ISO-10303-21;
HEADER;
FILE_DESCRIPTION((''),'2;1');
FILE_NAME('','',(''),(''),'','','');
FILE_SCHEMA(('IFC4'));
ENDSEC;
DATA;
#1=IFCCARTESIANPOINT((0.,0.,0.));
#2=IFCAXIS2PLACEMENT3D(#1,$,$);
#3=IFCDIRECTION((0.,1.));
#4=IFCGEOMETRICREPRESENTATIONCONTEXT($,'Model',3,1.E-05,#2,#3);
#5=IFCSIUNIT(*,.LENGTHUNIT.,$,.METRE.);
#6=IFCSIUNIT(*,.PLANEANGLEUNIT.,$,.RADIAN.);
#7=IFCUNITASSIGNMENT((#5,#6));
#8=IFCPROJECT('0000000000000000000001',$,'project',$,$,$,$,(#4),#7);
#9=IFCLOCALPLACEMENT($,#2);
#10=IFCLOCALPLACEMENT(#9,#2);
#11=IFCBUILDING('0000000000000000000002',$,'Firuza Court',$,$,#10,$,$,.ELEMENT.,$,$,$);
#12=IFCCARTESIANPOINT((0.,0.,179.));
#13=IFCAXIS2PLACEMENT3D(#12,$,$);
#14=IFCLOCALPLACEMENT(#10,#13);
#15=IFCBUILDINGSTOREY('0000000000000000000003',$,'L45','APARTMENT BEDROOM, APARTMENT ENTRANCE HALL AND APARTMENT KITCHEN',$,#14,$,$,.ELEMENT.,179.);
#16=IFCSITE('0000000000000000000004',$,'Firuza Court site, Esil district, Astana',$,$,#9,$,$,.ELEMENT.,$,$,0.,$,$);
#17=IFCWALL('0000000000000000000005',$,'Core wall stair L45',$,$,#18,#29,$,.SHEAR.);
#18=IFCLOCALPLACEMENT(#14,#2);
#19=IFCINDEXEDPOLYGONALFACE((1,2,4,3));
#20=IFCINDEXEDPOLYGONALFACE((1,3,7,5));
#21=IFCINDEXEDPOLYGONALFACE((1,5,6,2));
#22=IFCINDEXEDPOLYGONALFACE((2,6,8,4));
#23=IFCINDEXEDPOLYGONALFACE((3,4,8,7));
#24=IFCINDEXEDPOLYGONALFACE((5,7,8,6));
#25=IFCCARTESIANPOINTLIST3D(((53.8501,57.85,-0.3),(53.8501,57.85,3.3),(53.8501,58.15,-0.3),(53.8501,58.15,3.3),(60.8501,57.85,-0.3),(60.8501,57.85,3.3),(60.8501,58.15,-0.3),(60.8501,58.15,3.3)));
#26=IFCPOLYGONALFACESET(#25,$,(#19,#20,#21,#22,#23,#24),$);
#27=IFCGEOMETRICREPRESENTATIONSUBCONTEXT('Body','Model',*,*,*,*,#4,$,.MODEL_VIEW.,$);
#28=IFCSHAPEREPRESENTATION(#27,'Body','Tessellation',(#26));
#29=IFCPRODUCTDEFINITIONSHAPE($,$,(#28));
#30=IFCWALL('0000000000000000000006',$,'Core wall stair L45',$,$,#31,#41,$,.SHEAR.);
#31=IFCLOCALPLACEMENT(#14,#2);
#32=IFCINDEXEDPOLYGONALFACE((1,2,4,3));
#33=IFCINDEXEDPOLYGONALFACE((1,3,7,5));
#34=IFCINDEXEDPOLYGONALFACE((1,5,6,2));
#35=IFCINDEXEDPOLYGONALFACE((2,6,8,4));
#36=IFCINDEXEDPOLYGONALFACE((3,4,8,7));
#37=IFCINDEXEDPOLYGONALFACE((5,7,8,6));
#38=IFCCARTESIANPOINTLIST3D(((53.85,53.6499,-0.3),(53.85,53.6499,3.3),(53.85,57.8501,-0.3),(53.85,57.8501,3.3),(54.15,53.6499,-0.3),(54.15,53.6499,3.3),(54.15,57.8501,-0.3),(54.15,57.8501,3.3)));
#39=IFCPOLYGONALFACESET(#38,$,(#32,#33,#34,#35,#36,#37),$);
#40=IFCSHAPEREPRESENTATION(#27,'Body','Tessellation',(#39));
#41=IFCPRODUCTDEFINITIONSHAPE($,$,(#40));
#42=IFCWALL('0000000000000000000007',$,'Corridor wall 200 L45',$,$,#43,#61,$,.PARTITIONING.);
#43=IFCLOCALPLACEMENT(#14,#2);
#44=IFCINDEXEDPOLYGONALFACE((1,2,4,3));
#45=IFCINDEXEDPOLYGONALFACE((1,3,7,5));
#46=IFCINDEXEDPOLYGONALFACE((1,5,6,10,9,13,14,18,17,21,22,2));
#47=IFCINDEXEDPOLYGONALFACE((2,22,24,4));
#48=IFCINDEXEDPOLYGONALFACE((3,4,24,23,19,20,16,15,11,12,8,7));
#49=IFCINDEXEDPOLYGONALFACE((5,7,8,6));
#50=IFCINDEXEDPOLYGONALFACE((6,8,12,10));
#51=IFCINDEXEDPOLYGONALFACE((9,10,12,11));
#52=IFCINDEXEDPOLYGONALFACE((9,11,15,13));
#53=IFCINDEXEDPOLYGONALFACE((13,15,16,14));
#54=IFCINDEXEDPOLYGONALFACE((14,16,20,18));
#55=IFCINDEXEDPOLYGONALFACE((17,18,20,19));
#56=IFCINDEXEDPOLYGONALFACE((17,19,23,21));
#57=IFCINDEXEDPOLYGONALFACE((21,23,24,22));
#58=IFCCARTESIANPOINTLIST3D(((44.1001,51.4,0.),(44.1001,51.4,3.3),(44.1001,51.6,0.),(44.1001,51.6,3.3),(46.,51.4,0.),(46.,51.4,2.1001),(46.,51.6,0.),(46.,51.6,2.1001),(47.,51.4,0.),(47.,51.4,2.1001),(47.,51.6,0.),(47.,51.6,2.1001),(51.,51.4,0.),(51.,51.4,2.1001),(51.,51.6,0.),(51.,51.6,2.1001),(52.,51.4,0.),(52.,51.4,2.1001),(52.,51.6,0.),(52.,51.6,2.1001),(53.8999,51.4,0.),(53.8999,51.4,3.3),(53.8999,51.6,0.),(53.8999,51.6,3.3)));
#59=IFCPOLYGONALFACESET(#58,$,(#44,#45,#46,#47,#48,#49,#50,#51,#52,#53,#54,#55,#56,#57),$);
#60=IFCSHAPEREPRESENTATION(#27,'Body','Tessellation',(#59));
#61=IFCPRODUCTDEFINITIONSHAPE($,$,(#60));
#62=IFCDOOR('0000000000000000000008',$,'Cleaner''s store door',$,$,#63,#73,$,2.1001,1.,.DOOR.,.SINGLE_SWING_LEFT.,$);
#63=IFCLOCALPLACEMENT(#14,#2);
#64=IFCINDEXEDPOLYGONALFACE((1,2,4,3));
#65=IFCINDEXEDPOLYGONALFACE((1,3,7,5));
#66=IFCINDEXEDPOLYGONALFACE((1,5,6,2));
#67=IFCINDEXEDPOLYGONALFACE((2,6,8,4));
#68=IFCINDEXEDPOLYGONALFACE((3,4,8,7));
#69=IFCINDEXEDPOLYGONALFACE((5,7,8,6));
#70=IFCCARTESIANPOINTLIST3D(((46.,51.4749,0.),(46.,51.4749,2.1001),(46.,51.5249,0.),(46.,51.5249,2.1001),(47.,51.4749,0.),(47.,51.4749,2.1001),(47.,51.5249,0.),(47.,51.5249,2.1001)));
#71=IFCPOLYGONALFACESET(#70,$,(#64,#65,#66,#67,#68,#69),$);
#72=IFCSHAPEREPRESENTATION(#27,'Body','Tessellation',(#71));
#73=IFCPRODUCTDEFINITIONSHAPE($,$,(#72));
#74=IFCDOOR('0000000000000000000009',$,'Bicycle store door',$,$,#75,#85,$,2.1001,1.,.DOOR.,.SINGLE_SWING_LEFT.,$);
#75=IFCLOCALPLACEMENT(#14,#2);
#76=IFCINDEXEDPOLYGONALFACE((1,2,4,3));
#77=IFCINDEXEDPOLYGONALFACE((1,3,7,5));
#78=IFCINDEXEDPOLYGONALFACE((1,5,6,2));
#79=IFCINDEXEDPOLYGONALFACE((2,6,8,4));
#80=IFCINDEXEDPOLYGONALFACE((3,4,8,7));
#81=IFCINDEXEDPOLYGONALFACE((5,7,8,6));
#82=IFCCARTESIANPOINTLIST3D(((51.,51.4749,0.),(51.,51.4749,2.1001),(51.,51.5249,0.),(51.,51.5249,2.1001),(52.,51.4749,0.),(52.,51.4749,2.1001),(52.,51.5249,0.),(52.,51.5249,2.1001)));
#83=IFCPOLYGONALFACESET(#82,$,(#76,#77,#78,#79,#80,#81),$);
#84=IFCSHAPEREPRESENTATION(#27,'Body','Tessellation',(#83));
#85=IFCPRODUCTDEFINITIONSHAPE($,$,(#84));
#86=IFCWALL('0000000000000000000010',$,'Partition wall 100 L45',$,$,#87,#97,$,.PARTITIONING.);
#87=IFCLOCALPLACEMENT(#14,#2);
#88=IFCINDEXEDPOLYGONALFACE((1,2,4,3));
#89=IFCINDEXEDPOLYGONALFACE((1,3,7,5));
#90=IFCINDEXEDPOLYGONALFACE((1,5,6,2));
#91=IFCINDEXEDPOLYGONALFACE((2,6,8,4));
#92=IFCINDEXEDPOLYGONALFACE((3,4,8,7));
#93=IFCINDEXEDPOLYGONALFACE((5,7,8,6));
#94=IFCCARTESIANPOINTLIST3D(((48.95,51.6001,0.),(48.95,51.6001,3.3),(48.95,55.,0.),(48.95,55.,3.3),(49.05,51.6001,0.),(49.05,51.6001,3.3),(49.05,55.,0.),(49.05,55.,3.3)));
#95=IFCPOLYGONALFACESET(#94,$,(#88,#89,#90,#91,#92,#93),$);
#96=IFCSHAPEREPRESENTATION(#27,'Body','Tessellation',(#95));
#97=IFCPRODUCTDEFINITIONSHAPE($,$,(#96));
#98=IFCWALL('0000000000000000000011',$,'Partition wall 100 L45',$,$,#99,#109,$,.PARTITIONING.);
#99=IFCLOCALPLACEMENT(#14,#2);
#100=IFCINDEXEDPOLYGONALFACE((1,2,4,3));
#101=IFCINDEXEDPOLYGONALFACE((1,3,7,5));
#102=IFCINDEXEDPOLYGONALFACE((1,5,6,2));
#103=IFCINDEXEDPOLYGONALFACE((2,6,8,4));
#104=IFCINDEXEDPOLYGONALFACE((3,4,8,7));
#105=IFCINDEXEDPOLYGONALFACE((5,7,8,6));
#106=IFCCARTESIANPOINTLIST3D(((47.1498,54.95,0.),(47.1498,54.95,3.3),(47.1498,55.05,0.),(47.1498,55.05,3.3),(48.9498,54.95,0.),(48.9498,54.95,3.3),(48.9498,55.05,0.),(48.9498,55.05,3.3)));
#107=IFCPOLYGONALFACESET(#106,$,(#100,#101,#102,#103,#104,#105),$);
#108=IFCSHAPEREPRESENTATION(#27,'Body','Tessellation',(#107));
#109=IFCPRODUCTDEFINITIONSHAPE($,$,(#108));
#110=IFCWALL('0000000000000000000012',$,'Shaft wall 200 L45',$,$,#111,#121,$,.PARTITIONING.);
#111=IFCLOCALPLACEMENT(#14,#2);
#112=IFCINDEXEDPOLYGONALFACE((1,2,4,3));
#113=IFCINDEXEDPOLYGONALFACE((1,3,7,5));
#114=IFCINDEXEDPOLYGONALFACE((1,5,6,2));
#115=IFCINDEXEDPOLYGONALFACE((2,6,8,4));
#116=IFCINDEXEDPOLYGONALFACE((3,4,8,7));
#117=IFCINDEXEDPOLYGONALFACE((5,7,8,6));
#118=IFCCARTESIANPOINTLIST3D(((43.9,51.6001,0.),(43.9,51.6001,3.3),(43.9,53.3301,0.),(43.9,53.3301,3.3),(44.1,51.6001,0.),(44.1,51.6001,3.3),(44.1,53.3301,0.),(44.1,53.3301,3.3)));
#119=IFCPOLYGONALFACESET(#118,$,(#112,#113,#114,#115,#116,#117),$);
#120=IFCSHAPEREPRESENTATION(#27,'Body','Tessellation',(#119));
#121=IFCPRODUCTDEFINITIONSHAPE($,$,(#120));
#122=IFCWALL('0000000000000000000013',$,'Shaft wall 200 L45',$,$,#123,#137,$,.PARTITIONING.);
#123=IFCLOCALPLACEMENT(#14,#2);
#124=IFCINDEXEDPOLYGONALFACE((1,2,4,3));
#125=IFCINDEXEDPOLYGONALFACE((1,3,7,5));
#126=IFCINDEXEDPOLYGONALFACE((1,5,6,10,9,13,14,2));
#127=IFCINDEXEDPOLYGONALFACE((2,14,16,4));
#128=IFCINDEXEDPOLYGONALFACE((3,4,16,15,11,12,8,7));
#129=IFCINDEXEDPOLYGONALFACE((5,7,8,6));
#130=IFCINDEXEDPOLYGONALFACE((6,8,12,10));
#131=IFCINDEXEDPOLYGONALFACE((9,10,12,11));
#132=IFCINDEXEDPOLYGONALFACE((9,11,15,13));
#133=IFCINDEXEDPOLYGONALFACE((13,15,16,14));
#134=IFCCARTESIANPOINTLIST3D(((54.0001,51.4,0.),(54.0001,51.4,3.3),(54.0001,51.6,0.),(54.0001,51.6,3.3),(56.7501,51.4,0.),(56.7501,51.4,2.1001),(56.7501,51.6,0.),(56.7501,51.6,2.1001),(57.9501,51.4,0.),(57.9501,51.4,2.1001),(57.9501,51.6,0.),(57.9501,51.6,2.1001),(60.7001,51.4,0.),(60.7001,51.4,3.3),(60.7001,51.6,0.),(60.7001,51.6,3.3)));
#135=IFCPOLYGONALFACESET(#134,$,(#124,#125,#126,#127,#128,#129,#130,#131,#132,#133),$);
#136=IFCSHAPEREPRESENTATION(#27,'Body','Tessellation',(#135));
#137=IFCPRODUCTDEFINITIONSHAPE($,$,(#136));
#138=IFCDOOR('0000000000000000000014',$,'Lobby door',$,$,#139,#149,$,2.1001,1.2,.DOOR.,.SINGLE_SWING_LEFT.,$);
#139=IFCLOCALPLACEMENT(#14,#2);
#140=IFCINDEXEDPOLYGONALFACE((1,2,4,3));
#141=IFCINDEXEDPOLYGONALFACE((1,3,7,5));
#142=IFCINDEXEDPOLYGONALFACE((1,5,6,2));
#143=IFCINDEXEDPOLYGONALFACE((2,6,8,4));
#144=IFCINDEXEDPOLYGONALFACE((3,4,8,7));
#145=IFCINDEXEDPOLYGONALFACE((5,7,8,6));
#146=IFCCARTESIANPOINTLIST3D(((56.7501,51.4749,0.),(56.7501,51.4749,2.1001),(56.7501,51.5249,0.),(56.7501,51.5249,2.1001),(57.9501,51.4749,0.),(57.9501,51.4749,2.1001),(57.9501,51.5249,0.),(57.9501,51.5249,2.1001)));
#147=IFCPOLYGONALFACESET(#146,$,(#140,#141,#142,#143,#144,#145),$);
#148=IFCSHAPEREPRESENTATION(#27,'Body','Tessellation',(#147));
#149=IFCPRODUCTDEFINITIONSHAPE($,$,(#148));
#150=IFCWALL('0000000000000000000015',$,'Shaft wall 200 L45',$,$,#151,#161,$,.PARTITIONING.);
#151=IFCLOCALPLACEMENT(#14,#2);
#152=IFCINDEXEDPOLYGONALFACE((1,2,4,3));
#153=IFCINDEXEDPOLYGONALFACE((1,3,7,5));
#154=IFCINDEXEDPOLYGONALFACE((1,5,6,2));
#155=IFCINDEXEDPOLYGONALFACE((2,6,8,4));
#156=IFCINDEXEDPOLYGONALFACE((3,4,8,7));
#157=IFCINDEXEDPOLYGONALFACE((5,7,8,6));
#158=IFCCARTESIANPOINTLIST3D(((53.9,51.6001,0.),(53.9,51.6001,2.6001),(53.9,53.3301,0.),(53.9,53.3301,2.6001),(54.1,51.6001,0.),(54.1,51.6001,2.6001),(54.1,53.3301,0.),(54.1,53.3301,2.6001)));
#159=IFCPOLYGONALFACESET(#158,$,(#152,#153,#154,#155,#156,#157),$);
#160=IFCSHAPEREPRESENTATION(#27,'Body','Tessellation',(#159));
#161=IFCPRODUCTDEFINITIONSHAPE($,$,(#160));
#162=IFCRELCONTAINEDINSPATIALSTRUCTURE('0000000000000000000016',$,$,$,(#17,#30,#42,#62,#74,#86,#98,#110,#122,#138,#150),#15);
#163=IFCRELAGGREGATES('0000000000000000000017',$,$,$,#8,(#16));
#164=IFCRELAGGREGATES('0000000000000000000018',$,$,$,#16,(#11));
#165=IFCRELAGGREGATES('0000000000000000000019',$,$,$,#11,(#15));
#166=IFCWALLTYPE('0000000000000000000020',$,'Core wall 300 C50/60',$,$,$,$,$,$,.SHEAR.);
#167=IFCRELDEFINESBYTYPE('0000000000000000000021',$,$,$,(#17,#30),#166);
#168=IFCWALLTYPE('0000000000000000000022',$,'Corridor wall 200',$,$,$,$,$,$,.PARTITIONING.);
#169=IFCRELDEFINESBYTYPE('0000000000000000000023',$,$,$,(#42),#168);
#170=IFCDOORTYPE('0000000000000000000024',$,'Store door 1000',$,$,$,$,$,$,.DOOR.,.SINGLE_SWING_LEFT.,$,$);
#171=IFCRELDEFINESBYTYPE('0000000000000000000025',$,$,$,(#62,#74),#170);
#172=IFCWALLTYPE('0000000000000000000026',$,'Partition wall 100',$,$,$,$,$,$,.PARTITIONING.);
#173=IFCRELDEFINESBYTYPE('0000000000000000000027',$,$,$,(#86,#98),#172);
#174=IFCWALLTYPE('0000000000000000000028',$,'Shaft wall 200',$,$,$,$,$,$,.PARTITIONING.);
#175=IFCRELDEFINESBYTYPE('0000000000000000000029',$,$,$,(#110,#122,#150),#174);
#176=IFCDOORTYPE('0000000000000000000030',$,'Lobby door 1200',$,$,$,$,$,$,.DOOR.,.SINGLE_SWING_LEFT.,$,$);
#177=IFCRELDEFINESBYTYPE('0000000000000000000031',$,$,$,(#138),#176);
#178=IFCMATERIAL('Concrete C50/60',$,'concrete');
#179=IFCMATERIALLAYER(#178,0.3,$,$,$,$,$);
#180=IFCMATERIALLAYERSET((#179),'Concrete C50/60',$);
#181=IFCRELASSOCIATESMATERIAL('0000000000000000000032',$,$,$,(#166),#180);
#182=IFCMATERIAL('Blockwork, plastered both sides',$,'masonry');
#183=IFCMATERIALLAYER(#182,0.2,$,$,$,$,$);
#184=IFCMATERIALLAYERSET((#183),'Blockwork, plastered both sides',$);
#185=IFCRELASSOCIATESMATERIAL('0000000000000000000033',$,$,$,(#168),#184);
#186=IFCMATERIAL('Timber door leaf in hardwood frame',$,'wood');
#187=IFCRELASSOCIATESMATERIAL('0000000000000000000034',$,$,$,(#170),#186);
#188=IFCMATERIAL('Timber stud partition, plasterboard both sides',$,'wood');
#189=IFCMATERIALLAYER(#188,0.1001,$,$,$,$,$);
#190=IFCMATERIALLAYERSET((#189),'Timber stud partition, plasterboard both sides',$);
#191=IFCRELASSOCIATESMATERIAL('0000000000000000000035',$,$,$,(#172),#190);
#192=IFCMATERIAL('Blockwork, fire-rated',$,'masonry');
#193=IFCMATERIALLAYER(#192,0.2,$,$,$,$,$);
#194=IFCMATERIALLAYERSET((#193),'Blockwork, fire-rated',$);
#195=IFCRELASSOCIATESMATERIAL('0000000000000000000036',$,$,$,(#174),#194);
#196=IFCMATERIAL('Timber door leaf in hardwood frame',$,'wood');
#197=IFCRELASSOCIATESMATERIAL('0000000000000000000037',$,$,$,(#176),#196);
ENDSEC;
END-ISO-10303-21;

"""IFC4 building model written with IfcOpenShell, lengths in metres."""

from ifc_helpers import new_model, si_unit, direction, frame, frame_2d, origin, place, context, subcontext, project, spatial, rectangle, extrude, material, layer, layer_set, type_object, element, fill, save


model = new_model("IFC4")

# Units and contexts
model_context = context("Model", 3, precision=1e-05, world=origin(), true_north=direction((0.0, 1.0)))
body_context = subcontext(model_context, "Body", "Model", "MODEL_VIEW")
ifc_project = project(units=[si_unit("LENGTHUNIT", "METRE"), si_unit("PLANEANGLEUNIT", "RADIAN")], contexts=[model_context])

# Site, building, storey
site_placement = place(None, origin())
site = spatial("IfcSite", under=ifc_project, at=site_placement, Name="Firuza Court site, Esil district, Astana", CompositionType="ELEMENT", RefElevation=0.0)
building_placement = place(site_placement, origin())
building = spatial("IfcBuilding", under=site, at=building_placement, Name="Firuza Court", CompositionType="ELEMENT")
storey_placement = place(building_placement, frame((0.0, 0.0, 179.0)))
storey = spatial("IfcBuildingStorey", under=building, at=storey_placement, Name="L45", Description="APARTMENT BEDROOM, APARTMENT ENTRANCE HALL AND APARTMENT KITCHEN", CompositionType="ELEMENT", Elevation=179.0)

# Shared definitions
ifc_material_1 = material(Name="Concrete C50/60", Category="concrete")
ifc_layer_1 = layer(ifc_material_1, 0.3)
ifc_layer_set_1 = layer_set([ifc_layer_1], Name="Concrete C50/60")
wall_type_1 = type_object("IfcWallType", Name="Core wall 300 C50/60", PredefinedType="SHEAR", material=ifc_layer_set_1)

# Walls
wall_1_placement = place(storey_placement, frame((53.8501, 58.0, -0.3), z_axis=(0.0, 0.0, 1.0), x_axis=(1.0, 0.0, 0.0)))
element("IfcWall", 1, at=wall_1_placement, inside=storey, type_object=wall_type_1, Name="Core wall stair L45", PredefinedType="SHEAR", context=body_context, shape_type="SweptSolid", body=[
    extrude(rectangle(XDim=7.0, YDim=0.3, at=frame_2d((3.5, 0.0))), origin(), (0.0, 0.0, 1.0), 3.6001),
])
wall_2_placement = place(storey_placement, frame((54.0, 53.6499, -0.3), z_axis=(0.0, 0.0, 1.0), x_axis=(0.0, 1.0, 0.0)))
element("IfcWall", 2, at=wall_2_placement, inside=storey, type_object=wall_type_1, Name="Core wall stair L45", PredefinedType="SHEAR", context=body_context, shape_type="SweptSolid", body=[
    extrude(rectangle(XDim=4.2002, YDim=0.3, at=frame_2d((2.1001, 0.0))), origin(), (0.0, 0.0, 1.0), 3.6001),
])

# Wall, openings, doors
ifc_material_2 = material(Name="Blockwork, plastered both sides", Category="masonry")
ifc_layer_2 = layer(ifc_material_2, 0.2)
ifc_layer_set_2 = layer_set([ifc_layer_2], Name="Blockwork, plastered both sides")
wall_type_2 = type_object("IfcWallType", Name="Corridor wall 200", PredefinedType="PARTITIONING", material=ifc_layer_set_2)
wall_3_placement = place(storey_placement, frame((44.1001, 51.5, 0.0), z_axis=(0.0, 0.0, 1.0), x_axis=(1.0, 0.0, 0.0)))
wall_3 = element("IfcWall", 3, at=wall_3_placement, inside=storey, type_object=wall_type_2, Name="Corridor wall 200 L45", PredefinedType="PARTITIONING", context=body_context, shape_type="SweptSolid", body=[
    extrude(rectangle(XDim=9.7998, YDim=0.2, at=frame_2d((4.8999, 0.0))), origin(), (0.0, 0.0, 1.0), 3.3),
])
opening_1_placement = place(wall_3_placement, frame((1.8999, 0.0, 0.0)))
opening_1 = element("IfcOpeningElement", 4, at=opening_1_placement, cuts=wall_3, PredefinedType="OPENING", context=body_context, shape_type="SweptSolid", body=[
    extrude(rectangle(XDim=1.0, YDim=2.1001, at=frame_2d((0.5, 1.05))), frame((0.0, 0.1118, 0.0), z_axis=(0.0, -1.0, 0.0), x_axis=(1.0, 0.0, 0.0)), (0.0, 0.0, 1.0), 0.2239),
])
opening_2_placement = place(wall_3_placement, frame((6.8999, 0.0, 0.0)))
opening_2 = element("IfcOpeningElement", 5, at=opening_2_placement, cuts=wall_3, PredefinedType="OPENING", context=body_context, shape_type="SweptSolid", body=[
    extrude(rectangle(XDim=1.0, YDim=2.1001, at=frame_2d((0.5, 1.05))), frame((0.0, 0.1118, 0.0), z_axis=(0.0, -1.0, 0.0), x_axis=(1.0, 0.0, 0.0)), (0.0, 0.0, 1.0), 0.2239),
])
ifc_material_3 = material(Name="Timber door leaf in hardwood frame", Category="wood")
door_type_1 = type_object("IfcDoorType", Name="Store door 1000", OperationType="SINGLE_SWING_LEFT", PredefinedType="DOOR", material=ifc_material_3)
door_1_placement = place(opening_1_placement, origin())
door_1 = element("IfcDoor", 6, at=door_1_placement, inside=storey, type_object=door_type_1, Name="Cleaner's store door", OperationType="SINGLE_SWING_LEFT", OverallHeight=2.1001, OverallWidth=1.0, PredefinedType="DOOR", context=body_context, shape_type="SweptSolid", body=[
    extrude(rectangle(XDim=1.0, YDim=2.1001, at=frame_2d((0.5, 1.05))), frame((0.0, 0.0249, 0.0), z_axis=(0.0, -1.0, 0.0), x_axis=(1.0, 0.0, 0.0)), (0.0, 0.0, 1.0), 0.05),
])
fill(opening_1, door_1)
door_2_placement = place(opening_2_placement, origin())
door_2 = element("IfcDoor", 7, at=door_2_placement, inside=storey, type_object=door_type_1, Name="Bicycle store door", OperationType="SINGLE_SWING_LEFT", OverallHeight=2.1001, OverallWidth=1.0, PredefinedType="DOOR", context=body_context, shape_type="SweptSolid", body=[
    extrude(rectangle(XDim=1.0, YDim=2.1001, at=frame_2d((0.5, 1.05))), frame((0.0, 0.0249, 0.0), z_axis=(0.0, -1.0, 0.0), x_axis=(1.0, 0.0, 0.0)), (0.0, 0.0, 1.0), 0.05),
])
fill(opening_2, door_2)

# Walls
ifc_material_4 = material(Name="Timber stud partition, plasterboard both sides", Category="wood")
ifc_layer_3 = layer(ifc_material_4, 0.1001)
ifc_layer_set_3 = layer_set([ifc_layer_3], Name="Timber stud partition, plasterboard both sides")
wall_type_3 = type_object("IfcWallType", Name="Partition wall 100", PredefinedType="PARTITIONING", material=ifc_layer_set_3)
wall_4_placement = place(storey_placement, frame((49.0, 51.6001, 0.0), z_axis=(0.0, 0.0, 1.0), x_axis=(0.0, 1.0, 0.0)))
element("IfcWall", 8, at=wall_4_placement, inside=storey, type_object=wall_type_3, Name="Partition wall 100 L45", PredefinedType="PARTITIONING", context=body_context, shape_type="SweptSolid", body=[
    extrude(rectangle(XDim=3.3999, YDim=0.1001, at=frame_2d((1.7, 0.0))), origin(), (0.0, 0.0, 1.0), 3.3),
])
wall_5_placement = place(storey_placement, frame((47.1499, 55.0, 0.0), z_axis=(0.0, 0.0, 1.0), x_axis=(1.0, 0.0, 0.0)))
element("IfcWall", 9, at=wall_5_placement, inside=storey, type_object=wall_type_3, Name="Partition wall 100 L45", PredefinedType="PARTITIONING", context=body_context, shape_type="SweptSolid", body=[
    extrude(rectangle(XDim=1.8, YDim=0.1001, at=frame_2d((0.8999, 0.0))), origin(), (0.0, 0.0, 1.0), 3.3),
])
ifc_material_5 = material(Name="Blockwork, fire-rated", Category="masonry")
ifc_layer_4 = layer(ifc_material_5, 0.2)
ifc_layer_set_4 = layer_set([ifc_layer_4], Name="Blockwork, fire-rated")
wall_type_4 = type_object("IfcWallType", Name="Shaft wall 200", PredefinedType="PARTITIONING", material=ifc_layer_set_4)
wall_6_placement = place(storey_placement, frame((44.0, 51.6001, 0.0), z_axis=(0.0, 0.0, 1.0), x_axis=(0.0, 1.0, 0.0)))
element("IfcWall", 10, at=wall_6_placement, inside=storey, type_object=wall_type_4, Name="Shaft wall 200 L45", PredefinedType="PARTITIONING", context=body_context, shape_type="SweptSolid", body=[
    extrude(rectangle(XDim=1.73, YDim=0.2, at=frame_2d((0.865, 0.0))), origin(), (0.0, 0.0, 1.0), 3.3),
])

# Wall, opening, door
wall_7_placement = place(storey_placement, frame((54.0, 51.5, 0.0), z_axis=(0.0, 0.0, 1.0), x_axis=(1.0, 0.0, 0.0)))
wall_7 = element("IfcWall", 11, at=wall_7_placement, inside=storey, type_object=wall_type_4, Name="Shaft wall 200 L45", PredefinedType="PARTITIONING", context=body_context, shape_type="SweptSolid", body=[
    extrude(rectangle(XDim=6.7, YDim=0.2, at=frame_2d((3.3501, 0.0))), origin(), (0.0, 0.0, 1.0), 3.3),
])
opening_3_placement = place(wall_7_placement, frame((2.75, 0.0, 0.0)))
opening_3 = element("IfcOpeningElement", 12, at=opening_3_placement, cuts=wall_7, PredefinedType="OPENING", context=body_context, shape_type="SweptSolid", body=[
    extrude(rectangle(XDim=1.2, YDim=2.1001, at=frame_2d((0.6001, 1.05))), frame((0.0, 0.1118, 0.0), z_axis=(0.0, -1.0, 0.0), x_axis=(1.0, 0.0, 0.0)), (0.0, 0.0, 1.0), 0.2239),
])
ifc_material_6 = material(Name="Timber door leaf in hardwood frame", Category="wood")
door_type_2 = type_object("IfcDoorType", Name="Lobby door 1200", OperationType="SINGLE_SWING_LEFT", PredefinedType="DOOR", material=ifc_material_6)
door_3_placement = place(opening_3_placement, origin())
door_3 = element("IfcDoor", 13, at=door_3_placement, inside=storey, type_object=door_type_2, Name="Lobby door", OperationType="SINGLE_SWING_LEFT", OverallHeight=2.1001, OverallWidth=1.2, PredefinedType="DOOR", context=body_context, shape_type="SweptSolid", body=[
    extrude(rectangle(XDim=1.2, YDim=2.1001, at=frame_2d((0.6001, 1.05))), frame((0.0, 0.0249, 0.0), z_axis=(0.0, -1.0, 0.0), x_axis=(1.0, 0.0, 0.0)), (0.0, 0.0, 1.0), 0.05),
])
fill(opening_3, door_3)

# Wall
wall_8_placement = place(storey_placement, frame((54.0, 51.6001, 0.0), z_axis=(0.0, 0.0, 1.0), x_axis=(0.0, 1.0, 0.0)))
element("IfcWall", 14, at=wall_8_placement, inside=storey, type_object=wall_type_4, Name="Shaft wall 200 L45", PredefinedType="PARTITIONING", context=body_context, shape_type="SweptSolid", body=[
    extrude(rectangle(XDim=1.73, YDim=0.2, at=frame_2d((0.865, 0.0))), origin(), (0.0, 0.0, 1.0), 2.6001),
])

save(model, "model.ifc")
